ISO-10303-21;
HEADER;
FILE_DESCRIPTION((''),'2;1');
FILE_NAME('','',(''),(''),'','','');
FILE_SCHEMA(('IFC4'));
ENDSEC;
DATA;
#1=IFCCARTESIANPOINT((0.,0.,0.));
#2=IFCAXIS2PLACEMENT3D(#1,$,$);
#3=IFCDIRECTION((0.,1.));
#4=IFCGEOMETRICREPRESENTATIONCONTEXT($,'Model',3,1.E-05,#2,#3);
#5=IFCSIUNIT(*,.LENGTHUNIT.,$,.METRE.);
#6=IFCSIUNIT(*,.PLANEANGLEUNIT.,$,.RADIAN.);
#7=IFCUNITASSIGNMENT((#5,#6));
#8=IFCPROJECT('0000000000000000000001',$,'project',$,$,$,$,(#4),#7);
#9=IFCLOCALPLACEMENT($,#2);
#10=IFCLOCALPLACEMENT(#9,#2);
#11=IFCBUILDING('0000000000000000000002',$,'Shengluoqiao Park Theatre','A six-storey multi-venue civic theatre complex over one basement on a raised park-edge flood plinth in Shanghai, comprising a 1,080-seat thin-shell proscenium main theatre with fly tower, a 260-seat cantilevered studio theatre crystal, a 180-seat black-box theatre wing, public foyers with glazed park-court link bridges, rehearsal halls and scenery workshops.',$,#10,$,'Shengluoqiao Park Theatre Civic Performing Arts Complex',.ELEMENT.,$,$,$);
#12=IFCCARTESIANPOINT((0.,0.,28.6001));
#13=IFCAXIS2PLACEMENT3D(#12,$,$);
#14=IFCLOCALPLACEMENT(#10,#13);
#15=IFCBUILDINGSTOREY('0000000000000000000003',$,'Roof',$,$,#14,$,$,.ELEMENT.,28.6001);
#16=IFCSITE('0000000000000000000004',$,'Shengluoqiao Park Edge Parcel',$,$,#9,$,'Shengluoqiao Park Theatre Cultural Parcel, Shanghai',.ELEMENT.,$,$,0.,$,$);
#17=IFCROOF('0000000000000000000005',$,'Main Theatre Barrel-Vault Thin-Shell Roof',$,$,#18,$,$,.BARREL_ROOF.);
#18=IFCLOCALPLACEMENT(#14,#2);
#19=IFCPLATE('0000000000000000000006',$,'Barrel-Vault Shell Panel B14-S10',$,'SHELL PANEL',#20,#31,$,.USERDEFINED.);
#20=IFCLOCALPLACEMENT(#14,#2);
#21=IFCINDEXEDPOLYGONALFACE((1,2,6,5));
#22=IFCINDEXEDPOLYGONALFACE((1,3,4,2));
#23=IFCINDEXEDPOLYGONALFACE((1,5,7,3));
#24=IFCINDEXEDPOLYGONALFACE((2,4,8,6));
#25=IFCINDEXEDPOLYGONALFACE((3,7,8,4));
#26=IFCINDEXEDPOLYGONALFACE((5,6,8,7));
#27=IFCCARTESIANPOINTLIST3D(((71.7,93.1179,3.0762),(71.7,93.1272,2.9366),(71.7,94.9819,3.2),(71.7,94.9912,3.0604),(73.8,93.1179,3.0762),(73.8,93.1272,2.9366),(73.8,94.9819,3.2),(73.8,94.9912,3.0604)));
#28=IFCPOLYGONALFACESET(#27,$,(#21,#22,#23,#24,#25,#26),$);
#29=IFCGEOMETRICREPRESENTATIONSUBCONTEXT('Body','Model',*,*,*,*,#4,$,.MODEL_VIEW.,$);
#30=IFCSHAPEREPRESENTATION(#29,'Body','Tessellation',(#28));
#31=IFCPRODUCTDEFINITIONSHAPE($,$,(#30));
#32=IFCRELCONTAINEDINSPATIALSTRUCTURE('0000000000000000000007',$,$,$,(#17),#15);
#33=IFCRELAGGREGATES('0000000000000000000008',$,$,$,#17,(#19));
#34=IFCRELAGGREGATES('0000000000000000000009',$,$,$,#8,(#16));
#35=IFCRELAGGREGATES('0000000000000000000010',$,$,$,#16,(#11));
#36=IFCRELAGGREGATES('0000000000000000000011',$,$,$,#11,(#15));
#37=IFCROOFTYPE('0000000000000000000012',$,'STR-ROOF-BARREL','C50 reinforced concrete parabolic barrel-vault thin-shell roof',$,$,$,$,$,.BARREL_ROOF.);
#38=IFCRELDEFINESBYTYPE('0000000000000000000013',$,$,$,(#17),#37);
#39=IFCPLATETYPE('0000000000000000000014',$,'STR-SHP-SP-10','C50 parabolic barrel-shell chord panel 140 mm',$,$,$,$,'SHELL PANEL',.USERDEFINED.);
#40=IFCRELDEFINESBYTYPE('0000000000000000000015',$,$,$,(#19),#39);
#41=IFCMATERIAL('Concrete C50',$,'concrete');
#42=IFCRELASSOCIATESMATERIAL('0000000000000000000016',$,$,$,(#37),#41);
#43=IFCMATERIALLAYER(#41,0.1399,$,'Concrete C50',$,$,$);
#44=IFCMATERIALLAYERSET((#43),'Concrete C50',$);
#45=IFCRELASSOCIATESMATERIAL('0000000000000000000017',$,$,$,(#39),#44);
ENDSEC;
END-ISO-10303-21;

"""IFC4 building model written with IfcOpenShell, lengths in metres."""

from ifc_helpers import new_model, si_unit, direction, frame, origin, place, context, subcontext, project, spatial, polyline, outline, extrude, material, layer, layer_set, type_object, element, aggregate, save


model = new_model("IFC4")

# Units and contexts
model_context = context("Model", 3, precision=1e-05, world=origin(), true_north=direction((0.0, 1.0)))
body_context = subcontext(model_context, "Body", "Model", "MODEL_VIEW")
ifc_project = project(units=[si_unit("LENGTHUNIT", "METRE"), si_unit("PLANEANGLEUNIT", "RADIAN")], contexts=[model_context])

# Site, building, storey
site_placement = place(None, origin())
site = spatial("IfcSite", under=ifc_project, at=site_placement, Name="Shengluoqiao Park Edge Parcel", LongName="Shengluoqiao Park Theatre Cultural Parcel, Shanghai", CompositionType="ELEMENT", RefElevation=0.0)
building_placement = place(site_placement, origin())
building = spatial("IfcBuilding", under=site, at=building_placement, Name="Shengluoqiao Park Theatre", Description="A six-storey multi-venue civic theatre complex over one basement on a raised park-edge flood plinth in Shanghai, comprising a 1,080-seat thin-shell proscenium main theatre with fly tower, a 260-seat cantilevered studio theatre crystal, a 180-seat black-box theatre wing, public foyers with glazed park-court link bridges, rehearsal halls and scenery workshops.", LongName="Shengluoqiao Park Theatre Civic Performing Arts Complex", CompositionType="ELEMENT")
storey_placement = place(building_placement, frame((0.0, 0.0, 28.6001)))
storey = spatial("IfcBuildingStorey", under=building, at=storey_placement, Name="Roof", CompositionType="ELEMENT", Elevation=28.6001)

# Shared definitions
ifc_material_1 = material(Name="Concrete C50", Category="concrete")

# Roof, plate
roof_type = type_object("IfcRoofType", Name="STR-ROOF-BARREL", Description="C50 reinforced concrete parabolic barrel-vault thin-shell roof", PredefinedType="BARREL_ROOF", material=ifc_material_1)
roof_placement = place(storey_placement, origin())
roof = element("IfcRoof", 1, at=roof_placement, inside=storey, type_object=roof_type, Name="Main Theatre Barrel-Vault Thin-Shell Roof", PredefinedType="BARREL_ROOF")
ifc_layer_1 = layer(ifc_material_1, 0.1399, Name="Concrete C50")
ifc_layer_set_1 = layer_set([ifc_layer_1], Name="Concrete C50")
plate_type_1 = type_object("IfcPlateType", Name="STR-SHP-SP-10", Description="C50 parabolic barrel-shell chord panel 140 mm", ElementType="SHELL PANEL", PredefinedType="USERDEFINED", material=ifc_layer_set_1)
plate_1_placement = place(storey_placement, frame((71.7, 93.1179, 3.0762), z_axis=(0.0, -0.066259, 0.997802), x_axis=(1.0, 0.0, 0.0)))
plate_1 = element("IfcPlate", 2, at=plate_1_placement, type_object=plate_type_1, Name="Barrel-Vault Shell Panel B14-S10", ObjectType="SHELL PANEL", PredefinedType="USERDEFINED", context=body_context, shape_type="SweptSolid", body=[
    extrude(outline(polyline([(0.0, 0.0), (2.1001, 0.0), (2.1001, 1.8681), (0.0, 1.8681), (0.0, 0.0)])), origin(), (0.0, 0.0, -1.0), 0.1399),
])
aggregate(roof, [plate_1])

save(model, "model.ifc")
